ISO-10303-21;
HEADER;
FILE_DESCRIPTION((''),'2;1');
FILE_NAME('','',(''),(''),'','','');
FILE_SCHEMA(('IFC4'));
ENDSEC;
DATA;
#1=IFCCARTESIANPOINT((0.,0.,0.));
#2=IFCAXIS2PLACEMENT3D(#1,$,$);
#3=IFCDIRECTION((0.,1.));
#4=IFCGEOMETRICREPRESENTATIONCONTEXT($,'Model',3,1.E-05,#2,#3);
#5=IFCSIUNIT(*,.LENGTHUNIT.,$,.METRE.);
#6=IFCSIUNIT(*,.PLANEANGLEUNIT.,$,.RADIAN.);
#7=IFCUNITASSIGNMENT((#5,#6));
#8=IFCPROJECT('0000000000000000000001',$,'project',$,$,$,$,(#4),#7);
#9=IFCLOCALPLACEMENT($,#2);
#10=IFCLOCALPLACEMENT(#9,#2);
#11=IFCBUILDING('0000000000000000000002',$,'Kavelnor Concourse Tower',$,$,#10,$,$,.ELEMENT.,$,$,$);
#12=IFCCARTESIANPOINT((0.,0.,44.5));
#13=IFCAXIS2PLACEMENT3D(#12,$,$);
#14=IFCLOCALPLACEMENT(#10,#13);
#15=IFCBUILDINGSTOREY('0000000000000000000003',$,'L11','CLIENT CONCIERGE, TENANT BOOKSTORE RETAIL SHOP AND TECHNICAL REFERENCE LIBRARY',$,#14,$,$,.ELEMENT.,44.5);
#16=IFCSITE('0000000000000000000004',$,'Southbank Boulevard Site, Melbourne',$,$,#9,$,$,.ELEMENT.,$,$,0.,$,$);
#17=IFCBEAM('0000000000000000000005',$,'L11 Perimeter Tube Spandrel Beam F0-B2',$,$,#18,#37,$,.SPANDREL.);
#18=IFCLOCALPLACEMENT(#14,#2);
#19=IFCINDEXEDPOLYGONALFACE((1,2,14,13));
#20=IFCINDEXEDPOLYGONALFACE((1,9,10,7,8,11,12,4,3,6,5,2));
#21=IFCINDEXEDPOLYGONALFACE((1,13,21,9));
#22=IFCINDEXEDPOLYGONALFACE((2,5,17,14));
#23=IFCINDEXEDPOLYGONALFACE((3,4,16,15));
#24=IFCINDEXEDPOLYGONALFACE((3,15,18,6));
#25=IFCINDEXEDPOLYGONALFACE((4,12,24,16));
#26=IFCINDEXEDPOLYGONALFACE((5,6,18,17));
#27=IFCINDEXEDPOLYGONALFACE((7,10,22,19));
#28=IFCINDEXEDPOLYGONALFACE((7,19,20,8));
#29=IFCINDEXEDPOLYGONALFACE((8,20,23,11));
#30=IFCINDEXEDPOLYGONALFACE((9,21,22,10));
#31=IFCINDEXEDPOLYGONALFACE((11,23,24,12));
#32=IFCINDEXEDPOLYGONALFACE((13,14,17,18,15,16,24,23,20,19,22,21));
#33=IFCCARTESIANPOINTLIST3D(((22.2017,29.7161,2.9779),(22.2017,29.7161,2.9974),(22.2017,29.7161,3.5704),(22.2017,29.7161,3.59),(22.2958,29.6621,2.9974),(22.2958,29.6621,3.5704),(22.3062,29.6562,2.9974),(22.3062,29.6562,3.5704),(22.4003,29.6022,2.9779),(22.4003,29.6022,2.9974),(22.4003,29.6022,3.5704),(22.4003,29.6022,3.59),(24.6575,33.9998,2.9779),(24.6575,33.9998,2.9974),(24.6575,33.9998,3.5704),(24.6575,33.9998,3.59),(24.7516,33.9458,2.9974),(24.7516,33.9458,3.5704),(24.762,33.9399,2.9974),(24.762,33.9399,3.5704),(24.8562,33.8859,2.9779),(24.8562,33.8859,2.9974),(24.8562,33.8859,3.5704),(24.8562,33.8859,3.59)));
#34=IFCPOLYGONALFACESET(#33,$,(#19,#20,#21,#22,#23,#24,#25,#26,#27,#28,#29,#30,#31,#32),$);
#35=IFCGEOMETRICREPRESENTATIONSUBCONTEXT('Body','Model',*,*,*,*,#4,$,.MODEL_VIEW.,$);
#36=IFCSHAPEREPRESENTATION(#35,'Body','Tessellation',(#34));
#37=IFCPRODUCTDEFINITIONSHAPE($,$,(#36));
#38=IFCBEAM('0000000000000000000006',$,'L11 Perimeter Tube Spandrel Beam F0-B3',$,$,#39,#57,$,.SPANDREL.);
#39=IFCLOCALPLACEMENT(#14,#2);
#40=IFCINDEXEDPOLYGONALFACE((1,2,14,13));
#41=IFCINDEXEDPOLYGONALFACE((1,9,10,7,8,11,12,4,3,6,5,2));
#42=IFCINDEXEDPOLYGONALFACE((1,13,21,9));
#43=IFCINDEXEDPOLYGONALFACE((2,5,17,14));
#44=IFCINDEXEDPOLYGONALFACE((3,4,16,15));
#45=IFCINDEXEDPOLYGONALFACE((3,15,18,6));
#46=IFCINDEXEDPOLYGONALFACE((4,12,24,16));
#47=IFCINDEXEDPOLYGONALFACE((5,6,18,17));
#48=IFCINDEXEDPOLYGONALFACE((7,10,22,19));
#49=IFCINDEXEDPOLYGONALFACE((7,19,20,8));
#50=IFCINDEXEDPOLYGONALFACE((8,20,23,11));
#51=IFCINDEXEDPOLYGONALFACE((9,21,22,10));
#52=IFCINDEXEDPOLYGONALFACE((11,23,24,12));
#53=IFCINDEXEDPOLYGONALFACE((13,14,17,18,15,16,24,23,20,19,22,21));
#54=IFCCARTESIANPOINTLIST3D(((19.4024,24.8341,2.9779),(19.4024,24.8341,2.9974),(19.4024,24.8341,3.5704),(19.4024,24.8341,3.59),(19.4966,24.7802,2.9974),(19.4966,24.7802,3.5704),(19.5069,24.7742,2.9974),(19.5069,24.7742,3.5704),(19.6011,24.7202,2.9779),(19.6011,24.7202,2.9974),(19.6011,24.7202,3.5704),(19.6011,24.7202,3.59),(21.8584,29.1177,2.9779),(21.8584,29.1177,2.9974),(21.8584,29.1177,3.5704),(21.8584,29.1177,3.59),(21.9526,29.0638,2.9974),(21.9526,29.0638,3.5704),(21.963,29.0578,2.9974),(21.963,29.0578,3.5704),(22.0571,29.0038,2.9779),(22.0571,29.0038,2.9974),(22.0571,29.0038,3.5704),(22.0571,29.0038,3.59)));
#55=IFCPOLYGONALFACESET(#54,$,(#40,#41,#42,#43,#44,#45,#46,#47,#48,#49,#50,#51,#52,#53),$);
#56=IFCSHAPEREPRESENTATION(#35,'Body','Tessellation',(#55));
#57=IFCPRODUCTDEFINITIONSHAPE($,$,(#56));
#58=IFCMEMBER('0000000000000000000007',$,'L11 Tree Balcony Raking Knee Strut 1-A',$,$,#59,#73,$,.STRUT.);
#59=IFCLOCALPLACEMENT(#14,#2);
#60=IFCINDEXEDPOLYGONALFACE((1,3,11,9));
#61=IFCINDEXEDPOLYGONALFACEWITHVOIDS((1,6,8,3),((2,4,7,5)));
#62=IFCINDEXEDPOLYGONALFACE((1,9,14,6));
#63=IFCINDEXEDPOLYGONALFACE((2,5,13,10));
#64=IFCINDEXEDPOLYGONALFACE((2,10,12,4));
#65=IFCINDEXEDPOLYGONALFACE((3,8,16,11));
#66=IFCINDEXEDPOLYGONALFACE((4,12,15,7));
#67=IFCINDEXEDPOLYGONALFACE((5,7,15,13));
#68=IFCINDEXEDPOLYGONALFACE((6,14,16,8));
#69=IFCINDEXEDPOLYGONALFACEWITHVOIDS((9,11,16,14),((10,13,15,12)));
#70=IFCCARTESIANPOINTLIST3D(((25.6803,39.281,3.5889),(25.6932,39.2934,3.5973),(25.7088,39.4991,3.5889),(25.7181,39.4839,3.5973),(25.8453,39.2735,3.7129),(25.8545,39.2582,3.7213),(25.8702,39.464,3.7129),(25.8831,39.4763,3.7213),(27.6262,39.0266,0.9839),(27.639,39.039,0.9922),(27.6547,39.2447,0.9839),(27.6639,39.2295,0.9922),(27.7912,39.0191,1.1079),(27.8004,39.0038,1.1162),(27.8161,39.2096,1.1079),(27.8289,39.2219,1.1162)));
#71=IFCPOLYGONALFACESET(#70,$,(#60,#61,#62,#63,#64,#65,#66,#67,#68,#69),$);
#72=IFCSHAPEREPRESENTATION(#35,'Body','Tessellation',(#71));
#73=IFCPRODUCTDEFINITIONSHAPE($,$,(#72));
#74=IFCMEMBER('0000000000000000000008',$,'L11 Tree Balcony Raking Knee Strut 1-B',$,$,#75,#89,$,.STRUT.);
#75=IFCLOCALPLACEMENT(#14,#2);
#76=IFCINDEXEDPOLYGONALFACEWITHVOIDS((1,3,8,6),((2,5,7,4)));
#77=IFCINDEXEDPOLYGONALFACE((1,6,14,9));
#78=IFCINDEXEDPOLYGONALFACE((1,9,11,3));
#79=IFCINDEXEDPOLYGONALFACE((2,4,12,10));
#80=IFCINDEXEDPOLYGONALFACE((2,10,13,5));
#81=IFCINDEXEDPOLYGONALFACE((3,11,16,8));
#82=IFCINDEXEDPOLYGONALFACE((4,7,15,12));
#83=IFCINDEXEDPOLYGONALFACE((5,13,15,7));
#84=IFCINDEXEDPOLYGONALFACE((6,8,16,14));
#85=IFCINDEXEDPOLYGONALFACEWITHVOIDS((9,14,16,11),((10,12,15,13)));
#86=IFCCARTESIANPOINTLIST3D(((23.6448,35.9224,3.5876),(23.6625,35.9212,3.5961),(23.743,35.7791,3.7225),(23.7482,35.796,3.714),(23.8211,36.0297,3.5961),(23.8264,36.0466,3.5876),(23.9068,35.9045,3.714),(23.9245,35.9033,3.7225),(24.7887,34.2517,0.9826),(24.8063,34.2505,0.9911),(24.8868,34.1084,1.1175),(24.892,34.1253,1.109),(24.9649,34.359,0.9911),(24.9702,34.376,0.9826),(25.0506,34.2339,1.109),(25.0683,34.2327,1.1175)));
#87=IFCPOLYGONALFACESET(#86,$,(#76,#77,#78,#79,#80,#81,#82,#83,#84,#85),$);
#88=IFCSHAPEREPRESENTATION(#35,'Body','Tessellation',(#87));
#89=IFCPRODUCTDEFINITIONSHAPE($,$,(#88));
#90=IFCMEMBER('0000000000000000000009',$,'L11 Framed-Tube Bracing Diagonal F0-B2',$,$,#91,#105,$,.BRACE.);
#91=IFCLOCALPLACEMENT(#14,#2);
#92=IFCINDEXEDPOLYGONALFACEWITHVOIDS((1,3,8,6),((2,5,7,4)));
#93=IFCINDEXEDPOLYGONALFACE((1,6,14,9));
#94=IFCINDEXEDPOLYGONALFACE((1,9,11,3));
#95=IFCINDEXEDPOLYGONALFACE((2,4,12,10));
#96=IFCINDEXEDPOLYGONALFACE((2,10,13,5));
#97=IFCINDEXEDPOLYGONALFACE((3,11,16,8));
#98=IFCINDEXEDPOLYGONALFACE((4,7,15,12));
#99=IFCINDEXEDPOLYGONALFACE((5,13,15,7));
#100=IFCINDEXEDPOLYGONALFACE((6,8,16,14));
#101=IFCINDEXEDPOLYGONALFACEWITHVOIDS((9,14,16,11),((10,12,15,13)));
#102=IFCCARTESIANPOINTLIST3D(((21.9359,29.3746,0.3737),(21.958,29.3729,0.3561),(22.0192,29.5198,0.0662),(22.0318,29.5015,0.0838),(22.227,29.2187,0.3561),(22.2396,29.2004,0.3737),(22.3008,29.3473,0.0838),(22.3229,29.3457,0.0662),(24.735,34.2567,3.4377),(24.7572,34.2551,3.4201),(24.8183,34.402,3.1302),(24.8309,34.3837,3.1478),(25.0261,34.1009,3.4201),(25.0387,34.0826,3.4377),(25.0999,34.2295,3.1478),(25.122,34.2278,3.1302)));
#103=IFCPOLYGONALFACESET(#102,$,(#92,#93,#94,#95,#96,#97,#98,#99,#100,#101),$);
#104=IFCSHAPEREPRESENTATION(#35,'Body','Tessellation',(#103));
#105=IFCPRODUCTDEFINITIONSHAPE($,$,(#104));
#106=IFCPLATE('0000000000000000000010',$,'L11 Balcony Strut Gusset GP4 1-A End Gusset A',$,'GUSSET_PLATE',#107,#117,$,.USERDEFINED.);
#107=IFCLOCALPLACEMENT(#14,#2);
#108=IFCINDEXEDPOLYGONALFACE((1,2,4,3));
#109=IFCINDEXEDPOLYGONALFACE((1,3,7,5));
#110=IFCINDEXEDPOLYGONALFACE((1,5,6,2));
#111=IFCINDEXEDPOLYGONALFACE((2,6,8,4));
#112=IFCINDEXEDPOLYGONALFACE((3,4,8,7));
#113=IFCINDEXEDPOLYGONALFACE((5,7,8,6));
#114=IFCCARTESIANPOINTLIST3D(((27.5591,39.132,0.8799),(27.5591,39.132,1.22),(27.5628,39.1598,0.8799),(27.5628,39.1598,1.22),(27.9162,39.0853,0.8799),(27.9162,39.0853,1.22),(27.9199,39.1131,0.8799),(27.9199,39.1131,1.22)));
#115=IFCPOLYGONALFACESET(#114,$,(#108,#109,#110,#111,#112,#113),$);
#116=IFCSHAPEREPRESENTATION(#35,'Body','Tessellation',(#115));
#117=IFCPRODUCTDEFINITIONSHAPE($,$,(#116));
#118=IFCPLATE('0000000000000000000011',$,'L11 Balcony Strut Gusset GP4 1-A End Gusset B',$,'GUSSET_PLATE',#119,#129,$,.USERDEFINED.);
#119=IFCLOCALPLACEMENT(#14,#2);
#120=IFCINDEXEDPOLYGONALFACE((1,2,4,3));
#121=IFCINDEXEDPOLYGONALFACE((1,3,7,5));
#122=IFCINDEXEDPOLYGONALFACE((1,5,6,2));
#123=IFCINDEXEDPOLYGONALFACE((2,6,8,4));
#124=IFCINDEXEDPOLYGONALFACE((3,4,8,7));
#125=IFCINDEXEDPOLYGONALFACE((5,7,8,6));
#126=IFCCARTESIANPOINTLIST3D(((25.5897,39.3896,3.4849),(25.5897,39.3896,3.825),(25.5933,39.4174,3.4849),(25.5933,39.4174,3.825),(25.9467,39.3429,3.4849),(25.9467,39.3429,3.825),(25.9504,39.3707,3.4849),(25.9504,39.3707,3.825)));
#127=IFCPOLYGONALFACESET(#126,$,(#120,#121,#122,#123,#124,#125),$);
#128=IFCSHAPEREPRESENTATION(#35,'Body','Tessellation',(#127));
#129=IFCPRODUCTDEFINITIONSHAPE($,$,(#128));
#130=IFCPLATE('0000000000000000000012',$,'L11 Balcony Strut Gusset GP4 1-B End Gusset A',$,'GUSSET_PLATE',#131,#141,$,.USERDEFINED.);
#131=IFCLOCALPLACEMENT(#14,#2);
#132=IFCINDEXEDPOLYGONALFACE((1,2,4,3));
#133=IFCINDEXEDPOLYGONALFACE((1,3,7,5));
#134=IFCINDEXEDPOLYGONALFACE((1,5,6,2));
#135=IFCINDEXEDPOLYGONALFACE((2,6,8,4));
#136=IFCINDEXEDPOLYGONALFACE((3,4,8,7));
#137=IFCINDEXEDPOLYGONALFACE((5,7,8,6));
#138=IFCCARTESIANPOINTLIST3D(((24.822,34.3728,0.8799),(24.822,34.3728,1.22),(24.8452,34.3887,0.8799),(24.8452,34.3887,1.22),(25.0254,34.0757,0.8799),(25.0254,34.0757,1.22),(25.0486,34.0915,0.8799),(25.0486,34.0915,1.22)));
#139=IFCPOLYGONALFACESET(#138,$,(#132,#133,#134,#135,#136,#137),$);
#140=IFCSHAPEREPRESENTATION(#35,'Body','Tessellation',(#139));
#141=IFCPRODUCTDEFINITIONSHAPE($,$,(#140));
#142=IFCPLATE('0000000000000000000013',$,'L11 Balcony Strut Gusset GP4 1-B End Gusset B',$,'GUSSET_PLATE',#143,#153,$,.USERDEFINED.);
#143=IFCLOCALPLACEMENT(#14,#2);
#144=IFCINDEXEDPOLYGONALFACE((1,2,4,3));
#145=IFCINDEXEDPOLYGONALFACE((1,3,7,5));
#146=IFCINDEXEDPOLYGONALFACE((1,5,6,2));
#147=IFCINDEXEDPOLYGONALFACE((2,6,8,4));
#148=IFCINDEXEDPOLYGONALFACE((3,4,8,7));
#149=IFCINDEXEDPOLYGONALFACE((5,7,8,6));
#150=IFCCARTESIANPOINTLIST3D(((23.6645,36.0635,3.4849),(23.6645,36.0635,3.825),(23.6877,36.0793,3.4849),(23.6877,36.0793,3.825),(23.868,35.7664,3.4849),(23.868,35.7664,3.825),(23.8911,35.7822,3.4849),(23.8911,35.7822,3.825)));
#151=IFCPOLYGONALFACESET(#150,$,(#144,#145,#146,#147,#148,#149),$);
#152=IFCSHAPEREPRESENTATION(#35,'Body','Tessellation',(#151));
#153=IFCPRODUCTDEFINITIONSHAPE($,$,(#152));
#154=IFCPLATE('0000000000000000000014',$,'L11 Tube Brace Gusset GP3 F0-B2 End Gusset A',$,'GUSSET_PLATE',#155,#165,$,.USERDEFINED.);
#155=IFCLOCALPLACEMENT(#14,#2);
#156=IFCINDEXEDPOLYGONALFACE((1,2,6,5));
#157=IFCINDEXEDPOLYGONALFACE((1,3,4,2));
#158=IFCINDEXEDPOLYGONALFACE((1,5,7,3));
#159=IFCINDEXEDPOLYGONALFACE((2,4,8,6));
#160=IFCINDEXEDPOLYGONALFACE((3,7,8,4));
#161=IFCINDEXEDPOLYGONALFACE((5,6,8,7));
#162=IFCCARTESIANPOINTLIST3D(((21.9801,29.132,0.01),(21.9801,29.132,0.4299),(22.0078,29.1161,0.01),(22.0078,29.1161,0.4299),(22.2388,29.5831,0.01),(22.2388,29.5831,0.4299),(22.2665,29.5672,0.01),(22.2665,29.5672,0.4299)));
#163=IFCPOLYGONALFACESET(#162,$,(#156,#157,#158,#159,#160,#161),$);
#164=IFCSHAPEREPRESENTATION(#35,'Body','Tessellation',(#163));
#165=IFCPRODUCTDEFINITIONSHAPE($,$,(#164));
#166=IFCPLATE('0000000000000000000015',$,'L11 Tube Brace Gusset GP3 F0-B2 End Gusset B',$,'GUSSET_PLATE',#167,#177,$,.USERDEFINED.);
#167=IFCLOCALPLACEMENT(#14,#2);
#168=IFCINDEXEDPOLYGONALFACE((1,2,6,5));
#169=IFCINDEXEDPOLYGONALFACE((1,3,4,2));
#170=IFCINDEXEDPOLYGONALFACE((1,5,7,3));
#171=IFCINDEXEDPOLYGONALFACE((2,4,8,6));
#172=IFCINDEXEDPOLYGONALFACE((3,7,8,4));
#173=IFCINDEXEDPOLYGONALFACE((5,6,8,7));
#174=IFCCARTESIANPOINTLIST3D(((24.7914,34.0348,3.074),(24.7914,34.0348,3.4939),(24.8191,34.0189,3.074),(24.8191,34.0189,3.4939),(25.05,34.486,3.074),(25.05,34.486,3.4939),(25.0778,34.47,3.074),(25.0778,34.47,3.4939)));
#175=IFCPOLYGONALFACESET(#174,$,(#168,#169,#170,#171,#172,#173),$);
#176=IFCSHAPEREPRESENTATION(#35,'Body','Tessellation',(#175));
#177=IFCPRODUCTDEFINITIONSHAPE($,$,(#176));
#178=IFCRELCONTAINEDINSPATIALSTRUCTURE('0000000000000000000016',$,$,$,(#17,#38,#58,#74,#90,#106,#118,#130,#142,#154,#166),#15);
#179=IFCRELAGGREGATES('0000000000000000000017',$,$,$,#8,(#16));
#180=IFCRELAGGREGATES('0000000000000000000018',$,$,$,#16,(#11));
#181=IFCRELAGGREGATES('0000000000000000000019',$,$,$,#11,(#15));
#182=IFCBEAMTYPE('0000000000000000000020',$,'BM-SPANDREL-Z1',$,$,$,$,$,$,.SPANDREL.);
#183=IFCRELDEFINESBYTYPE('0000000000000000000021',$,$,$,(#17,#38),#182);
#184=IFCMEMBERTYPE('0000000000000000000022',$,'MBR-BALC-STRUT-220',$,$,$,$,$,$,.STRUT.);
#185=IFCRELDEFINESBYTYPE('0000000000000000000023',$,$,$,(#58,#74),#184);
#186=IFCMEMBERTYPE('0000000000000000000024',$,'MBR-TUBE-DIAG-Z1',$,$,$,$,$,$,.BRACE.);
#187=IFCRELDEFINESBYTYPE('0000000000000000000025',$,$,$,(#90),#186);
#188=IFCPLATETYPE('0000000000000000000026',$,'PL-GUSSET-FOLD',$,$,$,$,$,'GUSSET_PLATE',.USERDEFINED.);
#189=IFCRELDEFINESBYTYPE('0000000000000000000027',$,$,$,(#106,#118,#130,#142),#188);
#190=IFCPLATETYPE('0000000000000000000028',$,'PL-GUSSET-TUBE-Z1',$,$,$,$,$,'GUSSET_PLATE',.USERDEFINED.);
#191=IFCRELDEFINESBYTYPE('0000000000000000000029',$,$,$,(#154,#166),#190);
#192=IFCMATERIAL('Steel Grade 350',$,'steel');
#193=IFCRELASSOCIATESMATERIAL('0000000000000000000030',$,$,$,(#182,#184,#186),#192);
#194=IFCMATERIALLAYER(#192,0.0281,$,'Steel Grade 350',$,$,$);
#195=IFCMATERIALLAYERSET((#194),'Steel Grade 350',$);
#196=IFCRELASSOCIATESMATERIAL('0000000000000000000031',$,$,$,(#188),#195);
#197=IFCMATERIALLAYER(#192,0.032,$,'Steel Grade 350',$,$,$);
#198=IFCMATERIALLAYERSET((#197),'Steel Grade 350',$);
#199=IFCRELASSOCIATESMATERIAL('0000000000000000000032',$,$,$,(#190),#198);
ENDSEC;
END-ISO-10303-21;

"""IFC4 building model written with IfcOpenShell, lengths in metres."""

from ifc_helpers import new_model, si_unit, direction, frame, origin, origin_2d, place, context, subcontext, project, spatial, rectangle, hollow_rectangle, i_section, extrude, material, layer, layer_set, material_profile, profile_set, type_object, element, save


model = new_model("IFC4")

# Units and contexts
model_context = context("Model", 3, precision=1e-05, world=origin(), true_north=direction((0.0, 1.0)))
body_context = subcontext(model_context, "Body", "Model", "MODEL_VIEW")
ifc_project = project(units=[si_unit("LENGTHUNIT", "METRE"), si_unit("PLANEANGLEUNIT", "RADIAN")], contexts=[model_context])

# Site, building, storey
site_placement = place(None, origin())
site = spatial("IfcSite", under=ifc_project, at=site_placement, Name="Southbank Boulevard Site, Melbourne", CompositionType="ELEMENT", RefElevation=0.0)
building_placement = place(site_placement, origin())
building = spatial("IfcBuilding", under=site, at=building_placement, Name="Kavelnor Concourse Tower", CompositionType="ELEMENT")
storey_placement = place(building_placement, frame((0.0, 0.0, 44.5)))
storey = spatial("IfcBuildingStorey", under=building, at=storey_placement, Name="L11", Description="CLIENT CONCIERGE, TENANT BOOKSTORE RETAIL SHOP AND TECHNICAL REFERENCE LIBRARY", CompositionType="ELEMENT", Elevation=44.5)

# Shared definitions
ifc_material_1 = material(Name="Steel Grade 350", Category="steel")

# Beams
ifc_material_profile_1 = material_profile(ifc_material_1, i_section(OverallWidth=0.229, OverallDepth=0.6121, WebThickness=0.012, FlangeThickness=0.0195, at=origin_2d()), Name="610UB125")
ifc_profile_set_1 = profile_set([ifc_material_profile_1], Name="Steel Grade 350")
beam_type_1 = type_object("IfcBeamType", Name="BM-SPANDREL-Z1", PredefinedType="SPANDREL", material=ifc_profile_set_1)
for number, where, z_axis, x_axis, name in (
    (1, (24.7568, 33.9429, 3.2839), (-0.497358, -0.867546, 0.0), (0.867546, -0.497358, 0.0), "L11 Perimeter Tube Spandrel Beam F0-B2"),
    (2, (21.9578, 29.0608, 3.2839), (-0.497395, -0.867524, 0.0), (0.867524, -0.497395, 0.0), "L11 Perimeter Tube Spandrel Beam F0-B3"),
):
    element("IfcBeam", number, at=place(storey_placement, frame(where, z_axis=z_axis, x_axis=x_axis)), inside=storey, type_object=beam_type_1, Name=name, PredefinedType="SPANDREL", context=body_context, shape_type="SweptSolid", body=[
        extrude(i_section(OverallWidth=0.229, OverallDepth=0.6121, WebThickness=0.012, FlangeThickness=0.0195, at=origin_2d()), origin(), (0.0, 0.0, 1.0), 4.9377),
    ])

# Members
ifc_material_profile_2 = material_profile(ifc_material_1, hollow_rectangle(XDim=0.22, YDim=0.22, WallThickness=0.0139, at=origin_2d()), Name="SHS 220x220x14")
ifc_profile_set_2 = profile_set([ifc_material_profile_2], Name="Steel Grade 350")
member_type_1 = type_object("IfcMemberType", Name="MBR-BALC-STRUT-220", PredefinedType="STRUT", material=ifc_profile_set_2)
member_1_placement = place(storey_placement, frame((27.7275, 39.1243, 1.05), z_axis=(-0.596614, 0.078001, 0.798729), x_axis=(-0.129637, -0.991562, 0.0)))
element("IfcMember", 3, at=member_1_placement, inside=storey, type_object=member_type_1, Name="L11 Tree Balcony Raking Knee Strut 1-A", PredefinedType="STRUT", context=body_context, shape_type="SweptSolid", body=[
    extrude(hollow_rectangle(XDim=0.22, YDim=0.22, WallThickness=0.0139, at=origin_2d()), origin(), (0.0, 0.0, 1.0), 3.2615),
])
member_2_placement = place(storey_placement, frame((24.9285, 34.2422, 1.05), z_axis=(-0.346681, 0.506369, 0.789559), x_axis=(-0.825142, -0.564926, 0.0)))
element("IfcMember", 4, at=member_2_placement, inside=storey, type_object=member_type_1, Name="L11 Tree Balcony Raking Knee Strut 1-B", PredefinedType="STRUT", context=body_context, shape_type="SweptSolid", body=[
    extrude(hollow_rectangle(XDim=0.22, YDim=0.22, WallThickness=0.0139, at=origin_2d()), origin(), (0.0, 0.0, 1.0), 3.2993),
])
ifc_material_profile_3 = material_profile(ifc_material_1, hollow_rectangle(XDim=0.3501, YDim=0.3501, WallThickness=0.02, at=origin_2d()), Name="SHS 350x350x20")
ifc_profile_set_3 = profile_set([ifc_material_profile_3], Name="Steel Grade 350")
member_type_2 = type_object("IfcMemberType", Name="MBR-TUBE-DIAG-Z1", PredefinedType="BRACE", material=ifc_profile_set_3)
member_3_placement = place(storey_placement, frame((22.1294, 29.3601, 0.22), z_axis=(0.436836, 0.76192, 0.478176), x_axis=(-0.867529, 0.497386, 0.0)))
element("IfcMember", 5, at=member_3_placement, inside=storey, type_object=member_type_2, Name="L11 Framed-Tube Bracing Diagonal F0-B2", PredefinedType="BRACE", context=body_context, shape_type="SweptSolid", body=[
    extrude(hollow_rectangle(XDim=0.3501, YDim=0.3501, WallThickness=0.02, at=origin_2d()), origin(), (0.0, 0.0, 1.0), 6.4077),
])

# Plates
ifc_layer_1 = layer(ifc_material_1, 0.0281, Name="Steel Grade 350")
ifc_layer_set_1 = layer_set([ifc_layer_1], Name="Steel Grade 350")
plate_type_1 = type_object("IfcPlateType", Name="PL-GUSSET-FOLD", ElementType="GUSSET_PLATE", PredefinedType="USERDEFINED", material=ifc_layer_set_1)
for number, where, z_axis, x_axis, name in (
    (6, (27.7395, 39.1226, 0.8799), (0.0, 0.0, 1.0), (-0.991558, 0.129661, 0.0), "L11 Balcony Strut Gusset GP4 1-A End Gusset A"),
    (7, (25.77, 39.3801, 3.4849), (0.0, 0.0, 1.0), (-0.991558, 0.129661, 0.0), "L11 Balcony Strut Gusset GP4 1-A End Gusset B"),
    (8, (24.9353, 34.2322, 0.8799), (0.0, 0.0, 1.0), (-0.564967, 0.825113, 0.0), "L11 Balcony Strut Gusset GP4 1-B End Gusset A"),
    (9, (23.7778, 35.9229, 3.4849), (0.0, 0.0, 1.0), (-0.564967, 0.825113, 0.0), "L11 Balcony Strut Gusset GP4 1-B End Gusset B"),
):
    element("IfcPlate", number, at=place(storey_placement, frame(where, z_axis=z_axis, x_axis=x_axis)), inside=storey, type_object=plate_type_1, Name=name, ObjectType="GUSSET_PLATE", PredefinedType="USERDEFINED", context=body_context, shape_type="SweptSolid", body=[
        extrude(rectangle(XDim=0.3601, YDim=0.0281, at=origin_2d()), origin(), (0.0, 0.0, 1.0), 0.3401),
    ])
ifc_layer_2 = layer(ifc_material_1, 0.032, Name="Steel Grade 350")
ifc_layer_set_2 = layer_set([ifc_layer_2], Name="Steel Grade 350")
plate_type_2 = type_object("IfcPlateType", Name="PL-GUSSET-TUBE-Z1", ElementType="GUSSET_PLATE", PredefinedType="USERDEFINED", material=ifc_layer_set_2)
for number, where, z_axis, x_axis, name in (
    (10, (22.1233, 29.3496, 0.01), (0.0, 0.0, 1.0), (0.497428, 0.867505, 0.0), "L11 Tube Brace Gusset GP3 F0-B2 End Gusset A"),
    (11, (24.9346, 34.2524, 3.074), (0.0, 0.0, 1.0), (0.497428, 0.867505, 0.0), "L11 Tube Brace Gusset GP3 F0-B2 End Gusset B"),
):
    element("IfcPlate", number, at=place(storey_placement, frame(where, z_axis=z_axis, x_axis=x_axis)), inside=storey, type_object=plate_type_2, Name=name, ObjectType="GUSSET_PLATE", PredefinedType="USERDEFINED", context=body_context, shape_type="SweptSolid", body=[
        extrude(rectangle(XDim=0.52, YDim=0.032, at=origin_2d()), origin(), (0.0, 0.0, 1.0), 0.4199),
    ])

save(model, "model.ifc")
